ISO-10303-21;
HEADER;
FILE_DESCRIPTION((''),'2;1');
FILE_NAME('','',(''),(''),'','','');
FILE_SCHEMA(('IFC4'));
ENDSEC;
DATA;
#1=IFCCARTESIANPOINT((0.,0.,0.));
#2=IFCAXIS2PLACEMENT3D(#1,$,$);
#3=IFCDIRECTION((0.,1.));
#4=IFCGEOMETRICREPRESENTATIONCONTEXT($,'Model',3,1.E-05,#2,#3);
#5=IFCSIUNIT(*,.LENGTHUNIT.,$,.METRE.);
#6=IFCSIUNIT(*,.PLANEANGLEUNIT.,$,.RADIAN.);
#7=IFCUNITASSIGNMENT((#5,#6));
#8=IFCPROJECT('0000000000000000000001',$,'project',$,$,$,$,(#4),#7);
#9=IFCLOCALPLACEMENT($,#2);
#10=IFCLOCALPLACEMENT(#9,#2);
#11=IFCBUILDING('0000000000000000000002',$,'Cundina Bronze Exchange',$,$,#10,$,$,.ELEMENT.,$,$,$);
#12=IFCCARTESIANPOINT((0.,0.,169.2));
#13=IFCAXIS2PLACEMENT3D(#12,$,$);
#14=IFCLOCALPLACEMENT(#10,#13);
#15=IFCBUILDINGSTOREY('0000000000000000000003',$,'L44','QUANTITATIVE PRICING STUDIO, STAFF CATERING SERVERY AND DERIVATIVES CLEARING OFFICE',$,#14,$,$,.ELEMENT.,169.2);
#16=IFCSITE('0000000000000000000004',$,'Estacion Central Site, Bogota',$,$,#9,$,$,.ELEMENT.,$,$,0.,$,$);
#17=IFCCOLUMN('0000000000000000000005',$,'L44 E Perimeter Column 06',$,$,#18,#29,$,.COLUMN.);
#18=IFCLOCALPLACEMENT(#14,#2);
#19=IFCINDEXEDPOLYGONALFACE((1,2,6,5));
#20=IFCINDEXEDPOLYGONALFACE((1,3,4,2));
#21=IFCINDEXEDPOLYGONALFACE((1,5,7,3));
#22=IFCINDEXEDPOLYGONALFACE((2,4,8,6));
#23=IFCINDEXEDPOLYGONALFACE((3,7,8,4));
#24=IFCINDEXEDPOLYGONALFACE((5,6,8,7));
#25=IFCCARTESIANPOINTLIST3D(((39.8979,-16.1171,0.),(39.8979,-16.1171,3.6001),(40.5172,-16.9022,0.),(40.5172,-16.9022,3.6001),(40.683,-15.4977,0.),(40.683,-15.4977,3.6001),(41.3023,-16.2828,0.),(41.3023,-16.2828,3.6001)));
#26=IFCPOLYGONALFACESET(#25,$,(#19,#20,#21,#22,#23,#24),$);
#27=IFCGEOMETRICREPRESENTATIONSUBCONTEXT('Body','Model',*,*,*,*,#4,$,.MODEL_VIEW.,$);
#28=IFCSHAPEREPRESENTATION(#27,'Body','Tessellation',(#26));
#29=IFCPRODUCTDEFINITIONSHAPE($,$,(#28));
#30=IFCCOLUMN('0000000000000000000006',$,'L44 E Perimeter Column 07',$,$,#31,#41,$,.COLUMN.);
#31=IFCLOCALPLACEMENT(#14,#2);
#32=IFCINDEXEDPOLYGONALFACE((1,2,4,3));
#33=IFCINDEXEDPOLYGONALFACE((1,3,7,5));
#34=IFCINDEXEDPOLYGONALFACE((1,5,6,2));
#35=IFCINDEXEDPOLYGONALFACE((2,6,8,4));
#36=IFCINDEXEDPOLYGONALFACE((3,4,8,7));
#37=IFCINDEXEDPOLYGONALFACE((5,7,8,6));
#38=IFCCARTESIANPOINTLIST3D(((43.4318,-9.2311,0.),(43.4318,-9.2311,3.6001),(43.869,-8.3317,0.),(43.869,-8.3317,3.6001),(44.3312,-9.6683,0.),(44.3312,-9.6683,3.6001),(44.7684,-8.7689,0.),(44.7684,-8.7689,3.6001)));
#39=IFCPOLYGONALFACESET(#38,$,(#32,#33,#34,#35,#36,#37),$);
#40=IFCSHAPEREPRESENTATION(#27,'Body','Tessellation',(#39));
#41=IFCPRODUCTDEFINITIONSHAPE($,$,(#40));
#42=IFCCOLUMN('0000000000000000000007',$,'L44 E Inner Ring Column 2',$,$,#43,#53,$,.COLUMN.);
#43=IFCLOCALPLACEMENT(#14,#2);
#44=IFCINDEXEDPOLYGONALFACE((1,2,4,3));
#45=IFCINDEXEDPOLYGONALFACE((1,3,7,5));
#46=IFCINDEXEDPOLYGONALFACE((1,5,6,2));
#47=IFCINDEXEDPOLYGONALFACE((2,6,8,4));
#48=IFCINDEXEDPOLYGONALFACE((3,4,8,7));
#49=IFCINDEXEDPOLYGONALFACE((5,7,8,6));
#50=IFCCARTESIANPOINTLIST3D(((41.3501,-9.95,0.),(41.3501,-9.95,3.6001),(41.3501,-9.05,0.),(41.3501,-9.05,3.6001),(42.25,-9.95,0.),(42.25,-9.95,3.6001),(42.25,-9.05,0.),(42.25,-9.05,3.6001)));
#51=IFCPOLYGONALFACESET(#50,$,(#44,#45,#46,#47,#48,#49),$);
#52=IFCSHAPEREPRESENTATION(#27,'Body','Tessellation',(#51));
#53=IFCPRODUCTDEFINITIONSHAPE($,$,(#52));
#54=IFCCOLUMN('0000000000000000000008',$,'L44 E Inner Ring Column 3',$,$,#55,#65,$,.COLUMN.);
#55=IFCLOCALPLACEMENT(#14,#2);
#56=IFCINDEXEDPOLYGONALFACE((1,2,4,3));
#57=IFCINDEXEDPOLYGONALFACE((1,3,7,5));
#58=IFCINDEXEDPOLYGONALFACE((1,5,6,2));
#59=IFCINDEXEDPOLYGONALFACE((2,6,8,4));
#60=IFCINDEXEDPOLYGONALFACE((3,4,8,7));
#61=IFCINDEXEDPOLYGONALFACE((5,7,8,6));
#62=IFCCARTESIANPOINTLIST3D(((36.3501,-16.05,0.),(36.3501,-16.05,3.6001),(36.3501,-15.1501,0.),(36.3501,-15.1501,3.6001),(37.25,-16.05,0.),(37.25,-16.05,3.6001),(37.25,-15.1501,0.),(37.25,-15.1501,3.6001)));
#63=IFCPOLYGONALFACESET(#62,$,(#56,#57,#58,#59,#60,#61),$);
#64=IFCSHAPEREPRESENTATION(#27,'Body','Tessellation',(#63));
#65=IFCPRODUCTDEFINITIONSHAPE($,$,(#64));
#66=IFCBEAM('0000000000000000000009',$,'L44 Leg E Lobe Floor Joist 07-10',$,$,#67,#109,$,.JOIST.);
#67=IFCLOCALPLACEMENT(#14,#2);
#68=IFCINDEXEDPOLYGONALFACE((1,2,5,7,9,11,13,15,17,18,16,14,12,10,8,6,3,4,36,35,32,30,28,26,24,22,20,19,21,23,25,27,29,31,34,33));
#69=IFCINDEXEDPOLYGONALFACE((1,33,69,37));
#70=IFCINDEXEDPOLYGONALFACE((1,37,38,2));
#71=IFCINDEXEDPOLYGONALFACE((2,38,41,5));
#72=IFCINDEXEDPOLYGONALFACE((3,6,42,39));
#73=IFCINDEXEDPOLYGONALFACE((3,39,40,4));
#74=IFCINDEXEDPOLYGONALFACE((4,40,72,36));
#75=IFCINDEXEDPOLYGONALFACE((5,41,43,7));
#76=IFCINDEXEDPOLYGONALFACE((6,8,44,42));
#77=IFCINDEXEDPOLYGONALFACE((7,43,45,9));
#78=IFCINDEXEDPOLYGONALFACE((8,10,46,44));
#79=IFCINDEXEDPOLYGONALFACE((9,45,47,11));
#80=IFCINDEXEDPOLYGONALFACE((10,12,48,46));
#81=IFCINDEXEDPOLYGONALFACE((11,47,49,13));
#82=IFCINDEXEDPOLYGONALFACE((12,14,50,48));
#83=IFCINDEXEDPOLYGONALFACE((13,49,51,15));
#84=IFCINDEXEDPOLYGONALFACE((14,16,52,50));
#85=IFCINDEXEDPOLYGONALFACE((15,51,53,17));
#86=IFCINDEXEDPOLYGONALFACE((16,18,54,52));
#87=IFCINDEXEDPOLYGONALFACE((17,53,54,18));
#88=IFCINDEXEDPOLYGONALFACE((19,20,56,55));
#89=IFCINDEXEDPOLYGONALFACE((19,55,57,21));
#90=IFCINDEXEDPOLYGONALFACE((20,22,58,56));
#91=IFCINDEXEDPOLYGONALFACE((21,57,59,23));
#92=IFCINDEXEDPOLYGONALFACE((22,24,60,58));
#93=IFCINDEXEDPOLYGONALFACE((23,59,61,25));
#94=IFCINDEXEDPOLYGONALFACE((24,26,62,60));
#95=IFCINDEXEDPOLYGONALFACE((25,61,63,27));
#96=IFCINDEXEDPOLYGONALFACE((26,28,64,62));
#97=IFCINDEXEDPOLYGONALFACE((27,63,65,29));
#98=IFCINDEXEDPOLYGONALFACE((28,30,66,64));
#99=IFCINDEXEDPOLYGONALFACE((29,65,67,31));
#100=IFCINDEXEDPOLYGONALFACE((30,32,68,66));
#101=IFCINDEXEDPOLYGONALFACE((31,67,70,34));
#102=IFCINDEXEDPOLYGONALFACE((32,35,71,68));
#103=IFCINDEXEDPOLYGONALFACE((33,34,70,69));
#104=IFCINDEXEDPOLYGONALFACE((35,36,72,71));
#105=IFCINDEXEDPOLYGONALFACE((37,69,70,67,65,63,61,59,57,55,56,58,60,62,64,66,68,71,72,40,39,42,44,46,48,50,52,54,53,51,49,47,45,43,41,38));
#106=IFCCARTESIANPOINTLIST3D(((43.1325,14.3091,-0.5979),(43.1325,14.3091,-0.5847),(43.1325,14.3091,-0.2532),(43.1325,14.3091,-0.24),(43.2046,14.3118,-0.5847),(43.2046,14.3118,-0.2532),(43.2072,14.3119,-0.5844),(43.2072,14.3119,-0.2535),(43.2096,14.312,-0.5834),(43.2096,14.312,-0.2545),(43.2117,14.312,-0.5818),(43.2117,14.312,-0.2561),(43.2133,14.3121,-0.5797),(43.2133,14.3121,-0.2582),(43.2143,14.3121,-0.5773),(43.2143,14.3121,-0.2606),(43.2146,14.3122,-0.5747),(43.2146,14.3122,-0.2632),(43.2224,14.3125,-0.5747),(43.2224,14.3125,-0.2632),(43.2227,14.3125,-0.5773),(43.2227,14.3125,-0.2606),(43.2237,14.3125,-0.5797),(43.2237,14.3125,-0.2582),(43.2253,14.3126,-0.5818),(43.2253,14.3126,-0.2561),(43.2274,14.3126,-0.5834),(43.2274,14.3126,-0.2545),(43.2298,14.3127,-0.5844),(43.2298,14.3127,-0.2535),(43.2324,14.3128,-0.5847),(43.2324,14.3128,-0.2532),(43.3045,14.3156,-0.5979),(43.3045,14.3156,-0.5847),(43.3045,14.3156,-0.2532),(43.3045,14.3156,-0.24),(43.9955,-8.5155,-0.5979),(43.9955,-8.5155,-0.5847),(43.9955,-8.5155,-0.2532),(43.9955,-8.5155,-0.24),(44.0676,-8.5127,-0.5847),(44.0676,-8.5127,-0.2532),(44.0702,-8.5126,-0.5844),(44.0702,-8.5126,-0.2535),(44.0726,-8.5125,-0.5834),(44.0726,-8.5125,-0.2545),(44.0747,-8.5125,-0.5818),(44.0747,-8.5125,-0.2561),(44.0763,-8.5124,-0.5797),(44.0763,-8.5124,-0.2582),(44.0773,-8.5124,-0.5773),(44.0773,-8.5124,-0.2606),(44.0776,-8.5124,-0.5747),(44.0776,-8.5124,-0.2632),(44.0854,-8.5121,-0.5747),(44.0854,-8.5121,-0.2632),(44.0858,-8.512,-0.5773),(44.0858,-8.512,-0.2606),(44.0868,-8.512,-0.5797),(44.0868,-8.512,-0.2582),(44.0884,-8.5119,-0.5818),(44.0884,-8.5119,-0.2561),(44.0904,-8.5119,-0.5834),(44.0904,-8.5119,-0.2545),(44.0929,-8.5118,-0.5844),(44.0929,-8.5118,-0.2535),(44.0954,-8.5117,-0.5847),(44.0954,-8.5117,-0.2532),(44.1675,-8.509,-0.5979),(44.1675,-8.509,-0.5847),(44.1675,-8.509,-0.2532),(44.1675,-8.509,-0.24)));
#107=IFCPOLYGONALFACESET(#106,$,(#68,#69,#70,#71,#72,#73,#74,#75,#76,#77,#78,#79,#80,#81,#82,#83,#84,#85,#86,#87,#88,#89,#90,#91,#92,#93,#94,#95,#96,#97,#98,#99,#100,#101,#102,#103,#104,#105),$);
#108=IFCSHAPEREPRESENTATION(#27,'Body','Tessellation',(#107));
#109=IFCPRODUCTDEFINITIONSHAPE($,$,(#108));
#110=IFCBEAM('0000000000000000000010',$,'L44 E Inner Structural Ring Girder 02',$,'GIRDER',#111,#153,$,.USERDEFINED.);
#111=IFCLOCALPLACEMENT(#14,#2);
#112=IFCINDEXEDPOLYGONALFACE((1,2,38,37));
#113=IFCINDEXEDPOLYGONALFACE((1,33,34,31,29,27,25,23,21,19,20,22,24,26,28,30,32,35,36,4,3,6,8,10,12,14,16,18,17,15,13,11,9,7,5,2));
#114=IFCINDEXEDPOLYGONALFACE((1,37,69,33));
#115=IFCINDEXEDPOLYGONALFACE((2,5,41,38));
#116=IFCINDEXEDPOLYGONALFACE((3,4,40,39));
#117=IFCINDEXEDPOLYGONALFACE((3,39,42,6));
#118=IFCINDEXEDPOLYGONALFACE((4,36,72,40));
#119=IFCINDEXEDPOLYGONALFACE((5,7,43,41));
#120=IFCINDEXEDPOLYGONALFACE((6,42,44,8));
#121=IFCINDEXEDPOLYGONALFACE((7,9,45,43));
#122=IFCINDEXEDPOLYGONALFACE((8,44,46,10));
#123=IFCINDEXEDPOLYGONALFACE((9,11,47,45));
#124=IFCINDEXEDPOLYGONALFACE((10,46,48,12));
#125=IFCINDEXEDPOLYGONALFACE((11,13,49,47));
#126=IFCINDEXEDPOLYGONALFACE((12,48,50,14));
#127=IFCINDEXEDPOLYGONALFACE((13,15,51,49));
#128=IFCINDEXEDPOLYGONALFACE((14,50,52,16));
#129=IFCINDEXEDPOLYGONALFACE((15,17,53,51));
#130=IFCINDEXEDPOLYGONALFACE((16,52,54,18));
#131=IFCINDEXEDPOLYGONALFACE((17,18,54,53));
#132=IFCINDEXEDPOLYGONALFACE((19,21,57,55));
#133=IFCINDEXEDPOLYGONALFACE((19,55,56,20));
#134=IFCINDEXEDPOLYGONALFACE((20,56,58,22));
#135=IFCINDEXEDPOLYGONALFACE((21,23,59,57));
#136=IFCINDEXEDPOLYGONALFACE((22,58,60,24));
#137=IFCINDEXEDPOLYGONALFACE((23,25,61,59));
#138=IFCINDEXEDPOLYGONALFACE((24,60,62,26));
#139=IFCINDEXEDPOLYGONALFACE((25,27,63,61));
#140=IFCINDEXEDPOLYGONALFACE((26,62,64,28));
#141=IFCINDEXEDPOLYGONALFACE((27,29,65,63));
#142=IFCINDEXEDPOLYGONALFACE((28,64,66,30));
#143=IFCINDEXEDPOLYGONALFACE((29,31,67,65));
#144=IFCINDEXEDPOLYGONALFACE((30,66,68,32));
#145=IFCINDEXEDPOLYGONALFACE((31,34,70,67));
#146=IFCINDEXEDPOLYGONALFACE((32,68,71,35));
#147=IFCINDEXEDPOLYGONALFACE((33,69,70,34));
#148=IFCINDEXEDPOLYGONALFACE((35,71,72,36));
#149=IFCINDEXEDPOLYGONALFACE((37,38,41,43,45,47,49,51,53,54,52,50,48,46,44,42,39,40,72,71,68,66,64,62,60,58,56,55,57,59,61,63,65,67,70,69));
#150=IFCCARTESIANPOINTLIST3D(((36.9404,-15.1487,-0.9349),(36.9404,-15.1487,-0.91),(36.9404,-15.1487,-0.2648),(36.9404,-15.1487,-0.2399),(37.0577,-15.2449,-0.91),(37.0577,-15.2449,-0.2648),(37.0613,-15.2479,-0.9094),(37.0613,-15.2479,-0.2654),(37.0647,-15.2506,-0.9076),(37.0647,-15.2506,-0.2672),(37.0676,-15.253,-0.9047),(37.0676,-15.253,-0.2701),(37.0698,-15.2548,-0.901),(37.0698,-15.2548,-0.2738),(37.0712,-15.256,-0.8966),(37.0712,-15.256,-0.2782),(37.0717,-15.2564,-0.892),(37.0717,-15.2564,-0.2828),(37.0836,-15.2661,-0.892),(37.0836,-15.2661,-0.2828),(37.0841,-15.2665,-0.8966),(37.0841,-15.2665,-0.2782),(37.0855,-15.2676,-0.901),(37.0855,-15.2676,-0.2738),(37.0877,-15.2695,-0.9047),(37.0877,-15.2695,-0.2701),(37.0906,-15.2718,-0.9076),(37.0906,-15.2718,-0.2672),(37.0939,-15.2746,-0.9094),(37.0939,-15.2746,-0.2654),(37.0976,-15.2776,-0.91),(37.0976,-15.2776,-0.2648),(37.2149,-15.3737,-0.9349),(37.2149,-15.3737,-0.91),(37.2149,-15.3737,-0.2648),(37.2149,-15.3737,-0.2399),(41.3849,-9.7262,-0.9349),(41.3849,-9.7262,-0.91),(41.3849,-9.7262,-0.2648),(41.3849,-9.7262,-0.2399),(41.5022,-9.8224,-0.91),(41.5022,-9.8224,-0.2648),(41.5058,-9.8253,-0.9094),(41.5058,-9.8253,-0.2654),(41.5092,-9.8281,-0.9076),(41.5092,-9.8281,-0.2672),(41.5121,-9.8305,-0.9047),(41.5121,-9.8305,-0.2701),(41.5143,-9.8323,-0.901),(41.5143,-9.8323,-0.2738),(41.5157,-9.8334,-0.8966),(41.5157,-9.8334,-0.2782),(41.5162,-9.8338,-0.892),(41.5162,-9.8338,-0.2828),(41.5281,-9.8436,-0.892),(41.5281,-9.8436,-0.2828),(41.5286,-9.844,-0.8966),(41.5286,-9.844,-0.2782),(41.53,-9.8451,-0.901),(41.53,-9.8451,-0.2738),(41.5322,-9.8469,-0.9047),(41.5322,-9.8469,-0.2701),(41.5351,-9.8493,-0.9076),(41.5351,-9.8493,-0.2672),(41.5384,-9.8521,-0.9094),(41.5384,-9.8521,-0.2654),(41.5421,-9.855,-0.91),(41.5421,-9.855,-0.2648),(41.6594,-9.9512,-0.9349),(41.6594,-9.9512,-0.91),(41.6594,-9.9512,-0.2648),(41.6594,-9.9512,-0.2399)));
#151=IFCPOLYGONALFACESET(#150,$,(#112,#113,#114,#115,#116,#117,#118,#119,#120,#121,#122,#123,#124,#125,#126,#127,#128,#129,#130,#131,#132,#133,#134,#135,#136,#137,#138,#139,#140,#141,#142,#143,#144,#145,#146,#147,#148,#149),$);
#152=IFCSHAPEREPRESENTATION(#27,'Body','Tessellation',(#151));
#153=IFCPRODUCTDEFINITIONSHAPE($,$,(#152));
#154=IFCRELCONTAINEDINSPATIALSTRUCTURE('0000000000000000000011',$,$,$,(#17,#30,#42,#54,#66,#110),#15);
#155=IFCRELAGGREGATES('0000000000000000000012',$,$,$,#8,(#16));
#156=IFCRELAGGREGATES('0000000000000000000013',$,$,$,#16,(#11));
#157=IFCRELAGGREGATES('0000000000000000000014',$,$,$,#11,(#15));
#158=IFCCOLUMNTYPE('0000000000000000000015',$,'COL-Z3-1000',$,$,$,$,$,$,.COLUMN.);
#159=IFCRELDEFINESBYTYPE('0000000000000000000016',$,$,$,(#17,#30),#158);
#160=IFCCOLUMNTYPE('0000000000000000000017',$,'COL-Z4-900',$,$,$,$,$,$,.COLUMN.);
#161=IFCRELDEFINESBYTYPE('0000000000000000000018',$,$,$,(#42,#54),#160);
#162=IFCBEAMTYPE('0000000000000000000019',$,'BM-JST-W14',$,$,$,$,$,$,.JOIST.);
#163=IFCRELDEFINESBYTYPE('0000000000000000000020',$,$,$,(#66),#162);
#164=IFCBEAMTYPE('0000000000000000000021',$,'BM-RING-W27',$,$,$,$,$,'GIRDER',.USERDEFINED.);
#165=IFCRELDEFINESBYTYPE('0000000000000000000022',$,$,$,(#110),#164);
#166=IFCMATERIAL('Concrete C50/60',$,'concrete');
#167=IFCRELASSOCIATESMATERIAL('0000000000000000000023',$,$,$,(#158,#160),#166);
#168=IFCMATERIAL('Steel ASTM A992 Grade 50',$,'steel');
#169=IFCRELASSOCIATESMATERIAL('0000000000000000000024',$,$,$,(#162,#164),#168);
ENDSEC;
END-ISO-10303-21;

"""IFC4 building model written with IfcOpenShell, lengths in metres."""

from ifc_helpers import new_model, si_unit, direction, frame, origin, origin_2d, place, context, subcontext, project, spatial, rectangle, i_section, extrude, material, material_profile, profile_set, type_object, element, save


model = new_model("IFC4")

# Units and contexts
model_context = context("Model", 3, precision=1e-05, world=origin(), true_north=direction((0.0, 1.0)))
body_context = subcontext(model_context, "Body", "Model", "MODEL_VIEW")
ifc_project = project(units=[si_unit("LENGTHUNIT", "METRE"), si_unit("PLANEANGLEUNIT", "RADIAN")], contexts=[model_context])

# Site, building, storey
site_placement = place(None, origin())
site = spatial("IfcSite", under=ifc_project, at=site_placement, Name="Estacion Central Site, Bogota", CompositionType="ELEMENT", RefElevation=0.0)
building_placement = place(site_placement, origin())
building = spatial("IfcBuilding", under=site, at=building_placement, Name="Cundina Bronze Exchange", CompositionType="ELEMENT")
storey_placement = place(building_placement, frame((0.0, 0.0, 169.2)))
storey = spatial("IfcBuildingStorey", under=building, at=storey_placement, Name="L44", Description="QUANTITATIVE PRICING STUDIO, STAFF CATERING SERVERY AND DERIVATIVES CLEARING OFFICE", CompositionType="ELEMENT", Elevation=169.2)

# Columns
ifc_material_1 = material(Name="Concrete C50/60", Category="concrete")
ifc_material_profile_1 = material_profile(ifc_material_1, rectangle(XDim=1.0, YDim=1.0, at=origin_2d()), Name="RC1000X1000", Category="concrete")
ifc_profile_set_1 = profile_set([ifc_material_profile_1], Name="Concrete C50/60")
column_type_1 = type_object("IfcColumnType", Name="COL-Z3-1000", PredefinedType="COLUMN", material=ifc_profile_set_1)
for number, where, z_axis, x_axis, name in (
    (1, (40.6001, -16.2, 0.0), (0.0, 0.0, 1.0), (0.785101, 0.619368, 0.0), "L44 E Perimeter Column 06"),
    (2, (44.1001, -9.0, 0.0), (0.0, 0.0, 1.0), (0.437116, 0.899405, 0.0), "L44 E Perimeter Column 07"),
):
    element("IfcColumn", number, at=place(storey_placement, frame(where, z_axis=z_axis, x_axis=x_axis)), inside=storey, type_object=column_type_1, Name=name, PredefinedType="COLUMN", context=body_context, shape_type="SweptSolid", body=[
        extrude(rectangle(XDim=1.0, YDim=1.0, at=origin_2d()), origin(), (0.0, 0.0, 1.0), 3.6001),
    ])
ifc_material_profile_2 = material_profile(ifc_material_1, rectangle(XDim=0.8999, YDim=0.8999, at=origin_2d()), Name="RC900X900", Category="concrete")
ifc_profile_set_2 = profile_set([ifc_material_profile_2], Name="Concrete C50/60")
column_type_2 = type_object("IfcColumnType", Name="COL-Z4-900", PredefinedType="COLUMN", material=ifc_profile_set_2)
for number, where, z_axis, x_axis, name in (
    (3, (41.8, -9.5, 0.0), (0.0, 0.0, 1.0), (1.0, 0.0, 0.0), "L44 E Inner Ring Column 2"),
    (4, (36.8, -15.6001, 0.0), (0.0, 0.0, 1.0), (1.0, 0.0, 0.0), "L44 E Inner Ring Column 3"),
):
    element("IfcColumn", number, at=place(storey_placement, frame(where, z_axis=z_axis, x_axis=x_axis)), inside=storey, type_object=column_type_2, Name=name, PredefinedType="COLUMN", context=body_context, shape_type="SweptSolid", body=[
        extrude(rectangle(XDim=0.8999, YDim=0.8999, at=origin_2d()), origin(), (0.0, 0.0, 1.0), 3.6001),
    ])

# Beams
ifc_material_2 = material(Name="Steel ASTM A992 Grade 50", Category="steel")
ifc_material_profile_3 = material_profile(ifc_material_2, i_section(OverallWidth=0.1721, OverallDepth=0.3579, WebThickness=0.0078, FlangeThickness=0.0132, FilletRadius=0.01, at=origin_2d()), Name="W14X38", Category="steel")
ifc_profile_set_3 = profile_set([ifc_material_profile_3], Name="Steel ASTM A992 Grade 50")
beam_type_1 = type_object("IfcBeamType", Name="BM-JST-W14", PredefinedType="JOIST", material=ifc_profile_set_3)
beam_1_placement = place(storey_placement, frame((44.0815, -8.5122, -0.4189), z_axis=(-0.037785, 0.999286, 0.0), x_axis=(-0.999286, -0.037785, 0.0)))
element("IfcBeam", 5, at=beam_1_placement, inside=storey, type_object=beam_type_1, Name="L44 Leg E Lobe Floor Joist 07-10", PredefinedType="JOIST", context=body_context, shape_type="SweptSolid", body=[
    extrude(i_section(OverallWidth=0.1721, OverallDepth=0.3579, WebThickness=0.0078, FlangeThickness=0.0132, FilletRadius=0.01, at=origin_2d()), origin(), (0.0, 0.0, 1.0), 22.8408),
])
ifc_material_profile_4 = material_profile(ifc_material_2, i_section(OverallWidth=0.355, OverallDepth=0.6951, WebThickness=0.0154, FlangeThickness=0.0249, FilletRadius=0.0181, at=origin_2d()), Name="W27X146", Category="steel")
ifc_profile_set_4 = profile_set([ifc_material_profile_4], Name="Steel ASTM A992 Grade 50")
beam_type_2 = type_object("IfcBeamType", Name="BM-RING-W27", ElementType="GIRDER", PredefinedType="USERDEFINED", material=ifc_profile_set_4)
beam_2_placement = place(storey_placement, frame((37.0776, -15.2612, -0.5874), z_axis=(0.633913, 0.773405, 0.0), x_axis=(-0.773405, 0.633913, 0.0)))
element("IfcBeam", 6, at=beam_2_placement, inside=storey, type_object=beam_type_2, Name="L44 E Inner Structural Ring Girder 02", ObjectType="GIRDER", PredefinedType="USERDEFINED", context=body_context, shape_type="SweptSolid", body=[
    extrude(i_section(OverallWidth=0.355, OverallDepth=0.6951, WebThickness=0.0154, FlangeThickness=0.0249, FilletRadius=0.0181, at=origin_2d()), origin(), (0.0, 0.0, 1.0), 7.0112),
])

save(model, "model.ifc")
